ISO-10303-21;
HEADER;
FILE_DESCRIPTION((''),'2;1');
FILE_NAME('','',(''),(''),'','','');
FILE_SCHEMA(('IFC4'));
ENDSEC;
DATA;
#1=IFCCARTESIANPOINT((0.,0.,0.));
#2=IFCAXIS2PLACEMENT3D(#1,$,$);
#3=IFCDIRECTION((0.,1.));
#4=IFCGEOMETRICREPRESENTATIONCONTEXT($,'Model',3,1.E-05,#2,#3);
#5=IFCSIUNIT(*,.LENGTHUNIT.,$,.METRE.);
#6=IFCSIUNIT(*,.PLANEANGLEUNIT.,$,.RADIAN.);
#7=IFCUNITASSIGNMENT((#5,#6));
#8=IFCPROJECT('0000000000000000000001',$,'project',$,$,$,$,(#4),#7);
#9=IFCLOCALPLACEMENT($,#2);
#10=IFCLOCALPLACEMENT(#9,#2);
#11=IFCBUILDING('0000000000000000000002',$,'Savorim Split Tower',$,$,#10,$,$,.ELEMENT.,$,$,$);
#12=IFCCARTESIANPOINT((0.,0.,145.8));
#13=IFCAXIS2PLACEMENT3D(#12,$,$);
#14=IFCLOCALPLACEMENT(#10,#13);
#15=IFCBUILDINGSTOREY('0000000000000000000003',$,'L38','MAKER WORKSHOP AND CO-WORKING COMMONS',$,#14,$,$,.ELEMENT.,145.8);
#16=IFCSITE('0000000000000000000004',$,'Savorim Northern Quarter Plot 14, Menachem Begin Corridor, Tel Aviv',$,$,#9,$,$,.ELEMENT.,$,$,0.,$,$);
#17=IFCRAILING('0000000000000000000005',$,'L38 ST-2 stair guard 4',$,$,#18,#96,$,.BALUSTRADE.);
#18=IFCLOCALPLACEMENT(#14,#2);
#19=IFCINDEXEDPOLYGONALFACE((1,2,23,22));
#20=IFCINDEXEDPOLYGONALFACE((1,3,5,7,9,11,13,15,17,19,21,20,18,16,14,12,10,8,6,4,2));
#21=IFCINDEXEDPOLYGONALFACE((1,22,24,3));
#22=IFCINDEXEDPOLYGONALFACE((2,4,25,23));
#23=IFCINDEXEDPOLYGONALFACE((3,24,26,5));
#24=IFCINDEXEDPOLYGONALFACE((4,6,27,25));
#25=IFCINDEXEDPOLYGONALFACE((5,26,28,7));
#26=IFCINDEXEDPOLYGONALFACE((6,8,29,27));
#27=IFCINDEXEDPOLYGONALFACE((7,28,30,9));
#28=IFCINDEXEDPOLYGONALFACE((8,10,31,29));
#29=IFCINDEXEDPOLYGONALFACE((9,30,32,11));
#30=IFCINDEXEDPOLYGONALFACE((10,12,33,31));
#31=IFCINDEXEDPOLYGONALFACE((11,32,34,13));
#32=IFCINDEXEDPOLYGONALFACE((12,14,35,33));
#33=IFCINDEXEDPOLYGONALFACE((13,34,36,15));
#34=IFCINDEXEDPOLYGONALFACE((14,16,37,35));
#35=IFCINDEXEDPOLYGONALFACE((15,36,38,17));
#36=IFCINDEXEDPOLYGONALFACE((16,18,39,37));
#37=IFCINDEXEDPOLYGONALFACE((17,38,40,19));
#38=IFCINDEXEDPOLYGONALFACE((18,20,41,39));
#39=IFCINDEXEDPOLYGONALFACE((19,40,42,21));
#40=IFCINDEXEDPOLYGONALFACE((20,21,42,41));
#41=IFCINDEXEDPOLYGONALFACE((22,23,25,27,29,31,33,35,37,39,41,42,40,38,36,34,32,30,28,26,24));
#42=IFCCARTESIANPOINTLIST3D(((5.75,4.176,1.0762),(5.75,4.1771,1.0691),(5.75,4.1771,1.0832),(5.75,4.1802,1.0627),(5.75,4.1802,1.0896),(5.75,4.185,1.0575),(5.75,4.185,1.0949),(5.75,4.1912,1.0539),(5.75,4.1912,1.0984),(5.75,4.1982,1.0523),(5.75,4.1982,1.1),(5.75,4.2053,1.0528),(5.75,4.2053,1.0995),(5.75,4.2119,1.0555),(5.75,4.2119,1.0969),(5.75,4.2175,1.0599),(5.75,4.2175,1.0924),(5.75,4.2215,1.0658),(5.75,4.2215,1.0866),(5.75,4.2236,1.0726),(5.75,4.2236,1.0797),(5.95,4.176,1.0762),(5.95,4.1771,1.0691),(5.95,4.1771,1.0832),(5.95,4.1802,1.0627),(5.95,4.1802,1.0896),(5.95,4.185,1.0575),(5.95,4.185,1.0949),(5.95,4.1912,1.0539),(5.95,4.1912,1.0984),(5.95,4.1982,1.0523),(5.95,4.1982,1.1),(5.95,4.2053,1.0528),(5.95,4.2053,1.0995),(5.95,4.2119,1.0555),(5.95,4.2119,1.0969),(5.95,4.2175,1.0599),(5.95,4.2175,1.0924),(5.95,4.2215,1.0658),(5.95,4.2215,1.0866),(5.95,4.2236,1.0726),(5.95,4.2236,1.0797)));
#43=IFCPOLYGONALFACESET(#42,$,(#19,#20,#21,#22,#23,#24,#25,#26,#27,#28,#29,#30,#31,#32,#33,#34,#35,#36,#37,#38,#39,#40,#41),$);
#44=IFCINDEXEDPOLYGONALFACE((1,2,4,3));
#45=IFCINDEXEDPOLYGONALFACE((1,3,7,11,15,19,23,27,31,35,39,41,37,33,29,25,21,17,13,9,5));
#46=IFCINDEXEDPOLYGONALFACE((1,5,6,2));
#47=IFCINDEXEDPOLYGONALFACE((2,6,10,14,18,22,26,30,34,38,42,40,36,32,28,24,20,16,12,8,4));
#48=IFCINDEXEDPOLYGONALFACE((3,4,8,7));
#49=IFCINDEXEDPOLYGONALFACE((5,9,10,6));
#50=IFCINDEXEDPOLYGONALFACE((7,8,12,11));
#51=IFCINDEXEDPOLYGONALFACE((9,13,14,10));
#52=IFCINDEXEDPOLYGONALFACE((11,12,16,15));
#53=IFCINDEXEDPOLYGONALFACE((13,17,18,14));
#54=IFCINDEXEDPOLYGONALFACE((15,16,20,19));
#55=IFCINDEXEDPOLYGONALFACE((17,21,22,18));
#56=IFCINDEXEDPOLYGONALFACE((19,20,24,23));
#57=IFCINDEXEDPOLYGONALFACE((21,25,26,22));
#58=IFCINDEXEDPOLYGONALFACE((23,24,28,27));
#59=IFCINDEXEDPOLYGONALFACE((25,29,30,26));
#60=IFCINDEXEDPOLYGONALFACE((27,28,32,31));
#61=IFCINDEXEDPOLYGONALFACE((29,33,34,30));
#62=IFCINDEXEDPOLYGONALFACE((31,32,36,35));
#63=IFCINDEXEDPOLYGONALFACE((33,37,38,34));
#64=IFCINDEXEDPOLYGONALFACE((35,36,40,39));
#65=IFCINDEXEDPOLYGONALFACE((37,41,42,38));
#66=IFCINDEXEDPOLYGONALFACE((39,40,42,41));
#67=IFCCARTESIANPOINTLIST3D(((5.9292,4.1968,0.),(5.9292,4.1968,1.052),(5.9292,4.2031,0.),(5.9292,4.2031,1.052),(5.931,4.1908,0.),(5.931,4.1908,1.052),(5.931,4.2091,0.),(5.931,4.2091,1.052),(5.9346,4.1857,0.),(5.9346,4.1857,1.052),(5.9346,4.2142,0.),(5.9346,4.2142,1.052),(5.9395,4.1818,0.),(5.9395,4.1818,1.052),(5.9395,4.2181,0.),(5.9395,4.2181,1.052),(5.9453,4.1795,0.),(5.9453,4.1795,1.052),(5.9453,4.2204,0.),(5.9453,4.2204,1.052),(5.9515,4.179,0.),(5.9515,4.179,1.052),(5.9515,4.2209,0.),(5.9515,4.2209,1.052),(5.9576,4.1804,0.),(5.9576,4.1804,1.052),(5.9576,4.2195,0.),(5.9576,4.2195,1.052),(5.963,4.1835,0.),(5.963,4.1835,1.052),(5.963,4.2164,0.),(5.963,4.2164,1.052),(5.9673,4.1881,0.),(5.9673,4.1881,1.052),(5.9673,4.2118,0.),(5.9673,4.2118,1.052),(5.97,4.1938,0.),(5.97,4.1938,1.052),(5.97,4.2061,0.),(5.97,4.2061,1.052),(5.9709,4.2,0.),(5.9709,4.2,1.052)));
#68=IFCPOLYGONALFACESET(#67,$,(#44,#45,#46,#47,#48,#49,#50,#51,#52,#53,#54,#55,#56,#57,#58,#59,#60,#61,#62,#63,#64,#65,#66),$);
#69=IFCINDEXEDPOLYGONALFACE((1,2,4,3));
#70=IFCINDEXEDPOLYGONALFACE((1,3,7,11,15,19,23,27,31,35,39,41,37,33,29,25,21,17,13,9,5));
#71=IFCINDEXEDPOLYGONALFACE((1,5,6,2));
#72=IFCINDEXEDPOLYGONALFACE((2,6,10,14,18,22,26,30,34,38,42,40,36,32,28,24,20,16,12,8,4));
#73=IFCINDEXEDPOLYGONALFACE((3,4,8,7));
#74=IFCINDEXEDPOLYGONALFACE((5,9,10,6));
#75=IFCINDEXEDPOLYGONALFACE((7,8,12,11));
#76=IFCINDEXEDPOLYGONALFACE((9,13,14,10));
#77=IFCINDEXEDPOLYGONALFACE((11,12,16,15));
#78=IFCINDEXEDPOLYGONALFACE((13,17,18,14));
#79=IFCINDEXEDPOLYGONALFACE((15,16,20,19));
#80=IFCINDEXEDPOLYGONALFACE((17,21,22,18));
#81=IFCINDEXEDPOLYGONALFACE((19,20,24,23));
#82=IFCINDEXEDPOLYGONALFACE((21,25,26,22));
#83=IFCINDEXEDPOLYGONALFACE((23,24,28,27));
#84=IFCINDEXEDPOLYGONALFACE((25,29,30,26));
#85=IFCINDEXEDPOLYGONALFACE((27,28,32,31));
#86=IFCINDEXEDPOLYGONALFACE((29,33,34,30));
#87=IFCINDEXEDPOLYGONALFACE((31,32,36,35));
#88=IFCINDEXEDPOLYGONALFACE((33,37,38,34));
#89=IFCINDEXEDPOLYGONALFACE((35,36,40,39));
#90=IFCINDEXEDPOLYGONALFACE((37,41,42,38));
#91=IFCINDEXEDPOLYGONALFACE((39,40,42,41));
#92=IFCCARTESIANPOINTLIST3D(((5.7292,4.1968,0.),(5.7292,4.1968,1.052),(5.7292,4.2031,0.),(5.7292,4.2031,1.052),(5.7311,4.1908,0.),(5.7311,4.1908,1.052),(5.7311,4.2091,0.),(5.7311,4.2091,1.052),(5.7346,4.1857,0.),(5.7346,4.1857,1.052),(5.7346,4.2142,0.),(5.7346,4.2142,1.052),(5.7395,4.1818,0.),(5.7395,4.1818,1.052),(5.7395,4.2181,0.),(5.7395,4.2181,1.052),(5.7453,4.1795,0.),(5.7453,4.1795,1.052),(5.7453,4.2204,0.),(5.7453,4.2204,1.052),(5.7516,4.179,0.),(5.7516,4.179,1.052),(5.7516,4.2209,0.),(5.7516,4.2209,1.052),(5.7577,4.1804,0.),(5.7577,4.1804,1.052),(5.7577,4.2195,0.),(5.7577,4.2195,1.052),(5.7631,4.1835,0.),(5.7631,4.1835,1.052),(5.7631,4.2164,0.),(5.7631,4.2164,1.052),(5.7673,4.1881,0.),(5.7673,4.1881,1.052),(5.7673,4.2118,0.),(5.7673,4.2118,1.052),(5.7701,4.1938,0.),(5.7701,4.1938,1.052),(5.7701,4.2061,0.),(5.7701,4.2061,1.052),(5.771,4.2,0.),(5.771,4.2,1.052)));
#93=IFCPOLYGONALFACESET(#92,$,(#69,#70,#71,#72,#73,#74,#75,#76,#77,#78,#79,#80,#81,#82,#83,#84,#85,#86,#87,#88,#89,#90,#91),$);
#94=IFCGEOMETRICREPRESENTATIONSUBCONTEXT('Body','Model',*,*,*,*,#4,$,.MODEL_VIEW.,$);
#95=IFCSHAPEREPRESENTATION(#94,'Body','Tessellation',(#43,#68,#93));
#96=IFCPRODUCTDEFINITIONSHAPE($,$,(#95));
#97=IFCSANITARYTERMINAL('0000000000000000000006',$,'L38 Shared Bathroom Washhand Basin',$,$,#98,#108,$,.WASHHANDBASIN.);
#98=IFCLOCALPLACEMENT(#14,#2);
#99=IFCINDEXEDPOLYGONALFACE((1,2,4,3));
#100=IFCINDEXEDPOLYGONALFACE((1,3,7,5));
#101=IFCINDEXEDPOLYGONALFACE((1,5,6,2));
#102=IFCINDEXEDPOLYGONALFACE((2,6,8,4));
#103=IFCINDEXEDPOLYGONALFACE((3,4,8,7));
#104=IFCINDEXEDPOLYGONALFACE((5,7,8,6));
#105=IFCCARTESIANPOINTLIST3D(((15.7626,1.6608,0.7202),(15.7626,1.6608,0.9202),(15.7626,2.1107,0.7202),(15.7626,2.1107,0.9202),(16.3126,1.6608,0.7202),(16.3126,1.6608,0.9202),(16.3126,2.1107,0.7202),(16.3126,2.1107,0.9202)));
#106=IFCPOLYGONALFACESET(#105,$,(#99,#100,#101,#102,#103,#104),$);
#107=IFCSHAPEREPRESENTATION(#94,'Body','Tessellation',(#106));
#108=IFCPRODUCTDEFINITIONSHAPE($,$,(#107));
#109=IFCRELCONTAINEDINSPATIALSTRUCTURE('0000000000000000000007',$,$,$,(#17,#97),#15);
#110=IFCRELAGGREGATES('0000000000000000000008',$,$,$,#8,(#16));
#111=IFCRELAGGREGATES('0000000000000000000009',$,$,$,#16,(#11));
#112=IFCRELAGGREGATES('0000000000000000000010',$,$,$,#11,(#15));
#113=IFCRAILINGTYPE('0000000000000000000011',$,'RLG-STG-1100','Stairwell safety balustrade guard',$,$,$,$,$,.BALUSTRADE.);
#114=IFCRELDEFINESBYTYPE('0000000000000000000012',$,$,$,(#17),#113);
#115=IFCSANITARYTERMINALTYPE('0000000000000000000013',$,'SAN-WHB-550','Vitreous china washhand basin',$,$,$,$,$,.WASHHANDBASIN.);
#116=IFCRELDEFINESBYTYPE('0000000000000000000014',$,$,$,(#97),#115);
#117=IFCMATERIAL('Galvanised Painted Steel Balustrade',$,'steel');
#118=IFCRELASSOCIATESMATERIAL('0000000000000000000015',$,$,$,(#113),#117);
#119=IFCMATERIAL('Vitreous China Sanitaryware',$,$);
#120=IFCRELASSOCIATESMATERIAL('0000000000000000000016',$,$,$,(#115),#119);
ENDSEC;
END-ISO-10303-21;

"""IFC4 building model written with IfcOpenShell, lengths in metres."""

from ifc_helpers import new_model, si_unit, direction, frame, origin, origin_2d, place, context, subcontext, project, spatial, rectangle, circle, extrude, material, type_object, element, save


model = new_model("IFC4")

# Units and contexts
model_context = context("Model", 3, precision=1e-05, world=origin(), true_north=direction((0.0, 1.0)))
body_context = subcontext(model_context, "Body", "Model", "MODEL_VIEW")
ifc_project = project(units=[si_unit("LENGTHUNIT", "METRE"), si_unit("PLANEANGLEUNIT", "RADIAN")], contexts=[model_context])

# Site, building, storey
site_placement = place(None, origin())
site = spatial("IfcSite", under=ifc_project, at=site_placement, Name="Savorim Northern Quarter Plot 14, Menachem Begin Corridor, Tel Aviv", CompositionType="ELEMENT", RefElevation=0.0)
building_placement = place(site_placement, origin())
building = spatial("IfcBuilding", under=site, at=building_placement, Name="Savorim Split Tower", CompositionType="ELEMENT")
storey_placement = place(building_placement, frame((0.0, 0.0, 145.8)))
storey = spatial("IfcBuildingStorey", under=building, at=storey_placement, Name="L38", Description="MAKER WORKSHOP AND CO-WORKING COMMONS", CompositionType="ELEMENT", Elevation=145.8)

# Railing
ifc_material_1 = material(Name="Galvanised Painted Steel Balustrade", Category="steel")
railing_type_1 = type_object("IfcRailingType", Name="RLG-STG-1100", Description="Stairwell safety balustrade guard", PredefinedType="BALUSTRADE", material=ifc_material_1)
railing_1_placement = place(storey_placement, frame((5.95, 4.2, 0.0)))
element("IfcRailing", 1, at=railing_1_placement, inside=storey, type_object=railing_type_1, Name="L38 ST-2 stair guard 4", PredefinedType="BALUSTRADE", context=body_context, shape_type="SweptSolid", body=[
    extrude(circle(Radius=0.0239, at=origin_2d()), frame((0.0, 0.0, 1.0762), z_axis=(-1.0, 0.0, 0.0), x_axis=(0.0, -1.0, 0.0)), (0.0, 0.0, 1.0), 0.2),
    extrude(circle(Radius=0.021, at=origin_2d()), origin(), (0.0, 0.0, 1.0), 1.052),
    extrude(circle(Radius=0.021, at=origin_2d()), frame((-0.2, 0.0, 0.0)), (0.0, 0.0, 1.0), 1.052),
])

# Sanitary terminal
ifc_material_2 = material(Name="Vitreous China Sanitaryware")
sanitary_terminal_type = type_object("IfcSanitaryTerminalType", Name="SAN-WHB-550", Description="Vitreous china washhand basin", PredefinedType="WASHHANDBASIN", material=ifc_material_2)
sanitary_terminal_placement = place(storey_placement, frame((16.0376, 1.8857, 0.7202), z_axis=(0.0, 0.0, 1.0), x_axis=(1.0, 0.0, 0.0)))
element("IfcSanitaryTerminal", 2, at=sanitary_terminal_placement, inside=storey, type_object=sanitary_terminal_type, Name="L38 Shared Bathroom Washhand Basin", PredefinedType="WASHHANDBASIN", context=body_context, shape_type="SweptSolid", body=[
    extrude(rectangle(XDim=0.55, YDim=0.45, at=origin_2d()), origin(), (0.0, 0.0, 1.0), 0.2),
])

save(model, "model.ifc")
